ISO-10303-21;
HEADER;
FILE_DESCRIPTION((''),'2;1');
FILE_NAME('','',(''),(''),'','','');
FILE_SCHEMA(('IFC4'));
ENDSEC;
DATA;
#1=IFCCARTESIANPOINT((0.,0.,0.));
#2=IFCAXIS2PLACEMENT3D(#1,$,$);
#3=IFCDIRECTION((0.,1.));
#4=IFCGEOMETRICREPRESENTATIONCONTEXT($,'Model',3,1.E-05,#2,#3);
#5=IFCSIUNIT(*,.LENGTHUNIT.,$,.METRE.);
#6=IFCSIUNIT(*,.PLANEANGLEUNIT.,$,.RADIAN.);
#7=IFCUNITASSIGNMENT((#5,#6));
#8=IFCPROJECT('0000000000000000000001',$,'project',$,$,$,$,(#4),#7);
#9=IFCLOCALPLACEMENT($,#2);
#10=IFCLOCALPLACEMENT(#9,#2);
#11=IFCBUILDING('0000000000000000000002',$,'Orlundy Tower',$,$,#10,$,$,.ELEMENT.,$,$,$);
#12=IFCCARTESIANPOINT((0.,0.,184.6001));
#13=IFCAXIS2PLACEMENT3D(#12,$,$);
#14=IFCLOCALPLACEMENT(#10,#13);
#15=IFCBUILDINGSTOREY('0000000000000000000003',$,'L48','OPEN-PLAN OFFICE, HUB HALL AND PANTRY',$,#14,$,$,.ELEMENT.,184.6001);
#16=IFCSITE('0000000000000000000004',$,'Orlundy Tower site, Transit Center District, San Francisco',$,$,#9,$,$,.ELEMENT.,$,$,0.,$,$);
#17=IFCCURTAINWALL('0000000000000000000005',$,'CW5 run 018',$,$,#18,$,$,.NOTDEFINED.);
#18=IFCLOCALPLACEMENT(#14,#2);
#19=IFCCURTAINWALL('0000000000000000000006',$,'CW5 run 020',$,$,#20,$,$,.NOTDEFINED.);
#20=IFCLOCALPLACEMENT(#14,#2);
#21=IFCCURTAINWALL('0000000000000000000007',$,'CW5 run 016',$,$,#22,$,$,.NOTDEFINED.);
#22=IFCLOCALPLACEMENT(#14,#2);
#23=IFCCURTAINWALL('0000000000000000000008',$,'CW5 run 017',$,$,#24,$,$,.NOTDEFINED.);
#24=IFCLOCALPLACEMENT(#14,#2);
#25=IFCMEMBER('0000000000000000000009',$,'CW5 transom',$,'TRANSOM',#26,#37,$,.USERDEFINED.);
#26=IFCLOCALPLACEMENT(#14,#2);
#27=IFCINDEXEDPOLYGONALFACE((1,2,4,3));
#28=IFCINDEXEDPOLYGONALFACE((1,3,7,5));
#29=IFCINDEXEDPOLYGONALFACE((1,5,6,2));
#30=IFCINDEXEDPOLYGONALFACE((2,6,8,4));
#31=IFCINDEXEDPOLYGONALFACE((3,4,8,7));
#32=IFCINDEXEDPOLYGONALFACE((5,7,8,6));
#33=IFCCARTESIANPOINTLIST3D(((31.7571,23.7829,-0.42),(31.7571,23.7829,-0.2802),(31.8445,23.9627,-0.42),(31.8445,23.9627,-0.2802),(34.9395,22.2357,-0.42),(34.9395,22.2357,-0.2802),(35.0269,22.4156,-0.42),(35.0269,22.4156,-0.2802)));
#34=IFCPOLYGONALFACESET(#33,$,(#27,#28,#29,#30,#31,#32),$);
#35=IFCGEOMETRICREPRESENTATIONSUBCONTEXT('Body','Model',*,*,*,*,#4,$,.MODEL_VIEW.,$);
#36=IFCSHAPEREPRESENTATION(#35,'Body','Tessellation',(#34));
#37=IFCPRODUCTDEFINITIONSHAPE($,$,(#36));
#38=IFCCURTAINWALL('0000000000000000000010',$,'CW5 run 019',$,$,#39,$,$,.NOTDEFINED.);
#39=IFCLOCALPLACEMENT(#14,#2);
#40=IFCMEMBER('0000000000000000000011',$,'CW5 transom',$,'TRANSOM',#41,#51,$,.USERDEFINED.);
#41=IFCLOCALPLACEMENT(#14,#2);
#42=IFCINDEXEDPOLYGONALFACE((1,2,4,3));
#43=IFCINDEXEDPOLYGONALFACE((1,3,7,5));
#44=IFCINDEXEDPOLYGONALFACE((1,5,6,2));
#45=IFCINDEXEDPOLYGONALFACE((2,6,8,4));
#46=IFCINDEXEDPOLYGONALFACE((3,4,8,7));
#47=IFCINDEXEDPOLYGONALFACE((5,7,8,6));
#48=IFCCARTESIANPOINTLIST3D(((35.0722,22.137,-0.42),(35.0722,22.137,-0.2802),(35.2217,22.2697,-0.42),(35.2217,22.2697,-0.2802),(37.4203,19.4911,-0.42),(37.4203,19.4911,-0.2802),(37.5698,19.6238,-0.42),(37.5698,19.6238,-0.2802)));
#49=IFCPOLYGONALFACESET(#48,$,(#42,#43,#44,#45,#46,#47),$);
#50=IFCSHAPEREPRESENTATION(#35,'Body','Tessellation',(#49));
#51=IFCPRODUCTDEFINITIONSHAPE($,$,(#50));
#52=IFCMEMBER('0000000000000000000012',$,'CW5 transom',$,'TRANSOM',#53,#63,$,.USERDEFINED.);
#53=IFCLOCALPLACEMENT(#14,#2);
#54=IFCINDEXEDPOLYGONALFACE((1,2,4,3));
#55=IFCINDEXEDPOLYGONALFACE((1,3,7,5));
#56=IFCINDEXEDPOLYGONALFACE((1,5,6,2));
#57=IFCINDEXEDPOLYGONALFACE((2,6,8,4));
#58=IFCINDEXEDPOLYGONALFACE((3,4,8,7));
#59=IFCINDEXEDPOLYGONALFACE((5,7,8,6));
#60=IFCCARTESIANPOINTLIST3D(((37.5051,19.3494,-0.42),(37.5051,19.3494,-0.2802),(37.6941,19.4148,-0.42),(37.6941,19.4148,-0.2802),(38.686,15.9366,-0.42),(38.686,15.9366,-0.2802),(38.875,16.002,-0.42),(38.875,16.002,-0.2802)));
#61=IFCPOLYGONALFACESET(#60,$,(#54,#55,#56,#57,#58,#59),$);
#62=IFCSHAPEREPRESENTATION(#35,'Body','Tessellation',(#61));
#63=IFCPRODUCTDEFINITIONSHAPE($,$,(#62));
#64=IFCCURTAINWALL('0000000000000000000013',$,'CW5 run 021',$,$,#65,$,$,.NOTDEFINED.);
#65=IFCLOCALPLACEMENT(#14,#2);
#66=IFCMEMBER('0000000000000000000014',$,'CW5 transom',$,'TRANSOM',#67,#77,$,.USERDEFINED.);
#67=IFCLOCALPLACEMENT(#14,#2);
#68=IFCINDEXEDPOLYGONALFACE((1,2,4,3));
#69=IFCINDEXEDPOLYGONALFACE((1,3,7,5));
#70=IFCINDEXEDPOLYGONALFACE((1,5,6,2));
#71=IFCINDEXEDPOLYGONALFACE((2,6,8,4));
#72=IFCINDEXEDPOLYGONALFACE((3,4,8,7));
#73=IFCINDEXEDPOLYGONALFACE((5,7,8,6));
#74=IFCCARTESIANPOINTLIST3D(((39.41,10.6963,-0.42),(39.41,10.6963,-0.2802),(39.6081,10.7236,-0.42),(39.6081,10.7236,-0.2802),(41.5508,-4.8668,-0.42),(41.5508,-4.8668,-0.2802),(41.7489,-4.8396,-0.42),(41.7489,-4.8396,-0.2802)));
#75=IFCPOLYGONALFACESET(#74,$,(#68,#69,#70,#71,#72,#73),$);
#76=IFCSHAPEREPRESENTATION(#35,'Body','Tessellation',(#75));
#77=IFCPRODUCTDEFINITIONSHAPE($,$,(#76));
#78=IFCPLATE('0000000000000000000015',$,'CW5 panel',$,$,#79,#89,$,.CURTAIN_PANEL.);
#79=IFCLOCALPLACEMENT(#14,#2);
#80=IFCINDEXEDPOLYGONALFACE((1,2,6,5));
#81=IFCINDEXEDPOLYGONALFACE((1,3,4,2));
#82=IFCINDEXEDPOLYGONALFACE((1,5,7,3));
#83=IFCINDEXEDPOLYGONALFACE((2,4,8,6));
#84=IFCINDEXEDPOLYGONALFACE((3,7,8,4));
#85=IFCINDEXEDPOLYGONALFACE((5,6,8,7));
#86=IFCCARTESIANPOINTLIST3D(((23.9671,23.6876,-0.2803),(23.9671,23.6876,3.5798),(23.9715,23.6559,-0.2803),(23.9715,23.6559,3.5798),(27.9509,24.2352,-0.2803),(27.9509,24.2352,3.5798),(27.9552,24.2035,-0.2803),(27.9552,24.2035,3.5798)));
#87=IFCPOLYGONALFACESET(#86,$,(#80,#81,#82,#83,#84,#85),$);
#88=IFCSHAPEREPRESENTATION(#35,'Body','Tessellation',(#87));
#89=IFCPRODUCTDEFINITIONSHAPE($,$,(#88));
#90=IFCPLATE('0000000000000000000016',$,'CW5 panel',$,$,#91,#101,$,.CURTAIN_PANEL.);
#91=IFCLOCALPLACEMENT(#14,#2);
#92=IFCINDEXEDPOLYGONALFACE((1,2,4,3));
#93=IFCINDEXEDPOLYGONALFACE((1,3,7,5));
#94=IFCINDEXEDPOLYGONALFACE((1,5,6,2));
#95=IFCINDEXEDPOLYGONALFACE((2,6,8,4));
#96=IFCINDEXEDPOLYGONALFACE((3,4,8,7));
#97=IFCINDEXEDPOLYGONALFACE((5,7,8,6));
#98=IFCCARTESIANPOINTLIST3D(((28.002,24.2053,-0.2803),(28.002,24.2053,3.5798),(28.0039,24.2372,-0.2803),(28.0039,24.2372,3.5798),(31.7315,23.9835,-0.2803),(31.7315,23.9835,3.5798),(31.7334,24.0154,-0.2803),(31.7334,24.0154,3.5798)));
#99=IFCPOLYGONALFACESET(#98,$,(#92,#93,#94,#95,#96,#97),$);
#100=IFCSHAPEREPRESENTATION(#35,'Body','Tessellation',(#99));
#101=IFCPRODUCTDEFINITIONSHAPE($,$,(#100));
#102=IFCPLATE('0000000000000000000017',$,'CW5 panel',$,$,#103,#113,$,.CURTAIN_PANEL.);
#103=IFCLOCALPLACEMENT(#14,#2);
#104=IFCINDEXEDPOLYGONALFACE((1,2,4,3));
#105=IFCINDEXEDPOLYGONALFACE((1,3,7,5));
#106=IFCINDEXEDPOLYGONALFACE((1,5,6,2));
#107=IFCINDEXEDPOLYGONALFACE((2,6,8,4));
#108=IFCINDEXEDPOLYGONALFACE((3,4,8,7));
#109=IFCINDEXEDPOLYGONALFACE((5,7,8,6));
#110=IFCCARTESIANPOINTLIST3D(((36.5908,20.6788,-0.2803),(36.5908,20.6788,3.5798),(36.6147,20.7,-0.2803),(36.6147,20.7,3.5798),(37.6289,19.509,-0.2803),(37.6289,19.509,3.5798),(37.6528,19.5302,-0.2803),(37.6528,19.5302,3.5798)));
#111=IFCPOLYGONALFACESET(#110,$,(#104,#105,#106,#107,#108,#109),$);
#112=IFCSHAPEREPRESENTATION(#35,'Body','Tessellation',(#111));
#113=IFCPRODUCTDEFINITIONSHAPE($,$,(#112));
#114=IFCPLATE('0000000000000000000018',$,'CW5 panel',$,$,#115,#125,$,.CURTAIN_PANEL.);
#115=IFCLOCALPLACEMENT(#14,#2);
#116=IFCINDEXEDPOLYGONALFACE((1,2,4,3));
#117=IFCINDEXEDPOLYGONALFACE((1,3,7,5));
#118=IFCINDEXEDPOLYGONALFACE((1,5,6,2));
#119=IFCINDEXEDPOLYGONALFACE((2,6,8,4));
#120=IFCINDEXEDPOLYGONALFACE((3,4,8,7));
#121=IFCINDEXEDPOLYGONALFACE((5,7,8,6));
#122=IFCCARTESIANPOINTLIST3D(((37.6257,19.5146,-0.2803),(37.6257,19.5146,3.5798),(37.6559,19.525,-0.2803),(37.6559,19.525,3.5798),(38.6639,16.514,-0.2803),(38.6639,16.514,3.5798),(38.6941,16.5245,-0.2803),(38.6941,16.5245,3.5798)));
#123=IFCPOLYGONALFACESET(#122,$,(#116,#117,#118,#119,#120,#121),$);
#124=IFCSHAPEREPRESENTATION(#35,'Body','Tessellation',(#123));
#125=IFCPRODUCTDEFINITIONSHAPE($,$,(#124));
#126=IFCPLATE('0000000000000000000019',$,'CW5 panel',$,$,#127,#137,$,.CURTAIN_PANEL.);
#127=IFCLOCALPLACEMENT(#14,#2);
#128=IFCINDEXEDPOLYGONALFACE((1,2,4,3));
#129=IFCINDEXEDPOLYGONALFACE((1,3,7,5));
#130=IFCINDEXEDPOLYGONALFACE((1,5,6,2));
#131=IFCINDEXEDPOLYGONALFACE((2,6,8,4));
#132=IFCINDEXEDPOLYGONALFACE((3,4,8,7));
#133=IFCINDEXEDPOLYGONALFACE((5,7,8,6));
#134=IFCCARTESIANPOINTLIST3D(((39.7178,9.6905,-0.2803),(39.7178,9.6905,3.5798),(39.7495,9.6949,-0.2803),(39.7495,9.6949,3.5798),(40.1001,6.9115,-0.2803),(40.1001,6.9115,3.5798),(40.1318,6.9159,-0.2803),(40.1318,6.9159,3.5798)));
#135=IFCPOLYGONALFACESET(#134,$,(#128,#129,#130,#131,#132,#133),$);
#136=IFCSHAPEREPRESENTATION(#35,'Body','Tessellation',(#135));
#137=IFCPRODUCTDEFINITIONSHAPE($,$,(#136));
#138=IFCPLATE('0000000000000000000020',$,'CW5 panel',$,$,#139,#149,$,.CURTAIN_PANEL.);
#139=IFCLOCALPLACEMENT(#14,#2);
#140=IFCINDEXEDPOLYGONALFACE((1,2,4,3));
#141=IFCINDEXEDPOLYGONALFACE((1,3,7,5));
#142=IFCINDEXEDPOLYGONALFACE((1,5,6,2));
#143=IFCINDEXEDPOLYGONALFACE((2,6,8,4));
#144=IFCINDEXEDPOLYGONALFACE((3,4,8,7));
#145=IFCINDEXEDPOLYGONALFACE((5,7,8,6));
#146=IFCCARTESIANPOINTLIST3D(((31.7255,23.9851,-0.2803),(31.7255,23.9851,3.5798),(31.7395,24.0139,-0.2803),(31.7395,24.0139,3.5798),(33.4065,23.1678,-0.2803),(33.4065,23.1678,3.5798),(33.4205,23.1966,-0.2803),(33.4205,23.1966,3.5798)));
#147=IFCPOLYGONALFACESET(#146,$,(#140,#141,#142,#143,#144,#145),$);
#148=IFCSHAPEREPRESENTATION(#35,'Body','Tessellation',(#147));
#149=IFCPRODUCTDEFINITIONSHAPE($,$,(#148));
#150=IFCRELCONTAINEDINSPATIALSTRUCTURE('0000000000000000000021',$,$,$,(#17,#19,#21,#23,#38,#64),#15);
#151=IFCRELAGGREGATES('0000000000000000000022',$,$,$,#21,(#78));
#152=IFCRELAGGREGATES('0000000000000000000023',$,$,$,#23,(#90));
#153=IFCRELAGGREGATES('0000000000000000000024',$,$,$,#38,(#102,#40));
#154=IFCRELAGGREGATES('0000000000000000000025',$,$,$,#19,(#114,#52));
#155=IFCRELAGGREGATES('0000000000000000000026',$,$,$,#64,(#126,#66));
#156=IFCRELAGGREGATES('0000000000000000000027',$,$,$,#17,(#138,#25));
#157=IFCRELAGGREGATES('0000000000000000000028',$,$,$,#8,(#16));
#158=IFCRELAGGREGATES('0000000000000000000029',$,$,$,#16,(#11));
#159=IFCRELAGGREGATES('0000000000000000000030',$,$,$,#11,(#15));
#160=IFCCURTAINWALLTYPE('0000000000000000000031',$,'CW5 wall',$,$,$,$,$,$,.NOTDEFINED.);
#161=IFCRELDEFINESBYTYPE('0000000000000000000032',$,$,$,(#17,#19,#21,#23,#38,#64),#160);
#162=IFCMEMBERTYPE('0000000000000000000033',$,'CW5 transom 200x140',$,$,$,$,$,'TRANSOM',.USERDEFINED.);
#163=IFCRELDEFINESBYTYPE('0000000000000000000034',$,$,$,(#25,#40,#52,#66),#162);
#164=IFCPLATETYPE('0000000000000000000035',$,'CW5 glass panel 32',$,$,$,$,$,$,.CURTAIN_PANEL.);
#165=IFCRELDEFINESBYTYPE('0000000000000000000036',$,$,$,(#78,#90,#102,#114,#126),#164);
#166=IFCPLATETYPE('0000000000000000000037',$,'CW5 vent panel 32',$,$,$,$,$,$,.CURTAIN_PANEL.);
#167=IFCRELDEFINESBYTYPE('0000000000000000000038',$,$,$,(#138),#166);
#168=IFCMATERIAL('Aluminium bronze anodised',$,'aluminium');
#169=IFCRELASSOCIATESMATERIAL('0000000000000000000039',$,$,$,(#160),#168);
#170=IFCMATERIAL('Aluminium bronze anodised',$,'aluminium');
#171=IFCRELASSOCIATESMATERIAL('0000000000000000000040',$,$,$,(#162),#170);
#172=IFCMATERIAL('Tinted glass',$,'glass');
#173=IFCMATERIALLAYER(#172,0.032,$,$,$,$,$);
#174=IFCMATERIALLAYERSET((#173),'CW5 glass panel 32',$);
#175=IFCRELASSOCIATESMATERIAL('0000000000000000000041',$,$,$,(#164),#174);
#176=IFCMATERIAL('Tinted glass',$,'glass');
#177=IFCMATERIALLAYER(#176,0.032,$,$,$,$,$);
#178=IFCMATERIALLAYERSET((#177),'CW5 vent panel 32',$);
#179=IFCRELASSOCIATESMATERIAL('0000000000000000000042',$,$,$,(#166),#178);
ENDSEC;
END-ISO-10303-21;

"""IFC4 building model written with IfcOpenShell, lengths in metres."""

from ifc_helpers import new_model, si_unit, direction, frame, origin, origin_2d, place, context, subcontext, project, spatial, rectangle, extrude, material, layer, layer_set, material_profile, profile_set, type_object, element, aggregate, save


model = new_model("IFC4")

# Units and contexts
model_context = context("Model", 3, precision=1e-05, world=origin(), true_north=direction((0.0, 1.0)))
body_context = subcontext(model_context, "Body", "Model", "MODEL_VIEW")
ifc_project = project(units=[si_unit("LENGTHUNIT", "METRE"), si_unit("PLANEANGLEUNIT", "RADIAN")], contexts=[model_context])

# Site, building, storey
site_placement = place(None, origin())
site = spatial("IfcSite", under=ifc_project, at=site_placement, Name="Orlundy Tower site, Transit Center District, San Francisco", CompositionType="ELEMENT", RefElevation=0.0)
building_placement = place(site_placement, origin())
building = spatial("IfcBuilding", under=site, at=building_placement, Name="Orlundy Tower", CompositionType="ELEMENT")
storey_placement = place(building_placement, frame((0.0, 0.0, 184.6001)))
storey = spatial("IfcBuildingStorey", under=building, at=storey_placement, Name="L48", Description="OPEN-PLAN OFFICE, HUB HALL AND PANTRY", CompositionType="ELEMENT", Elevation=184.6001)

# Curtain walls
ifc_material_1 = material(Name="Aluminium bronze anodised", Category="aluminium")
curtain_wall_type = type_object("IfcCurtainWallType", Name="CW5 wall", PredefinedType="NOTDEFINED", material=ifc_material_1)
curtain_wall_1_placement = place(storey_placement, origin())
curtain_wall_1 = element("IfcCurtainWall", 1, at=curtain_wall_1_placement, inside=storey, type_object=curtain_wall_type, Name="CW5 run 018", PredefinedType="NOTDEFINED")
curtain_wall_2_placement = place(storey_placement, origin())
curtain_wall_2 = element("IfcCurtainWall", 2, at=curtain_wall_2_placement, inside=storey, type_object=curtain_wall_type, Name="CW5 run 020", PredefinedType="NOTDEFINED")
curtain_wall_3_placement = place(storey_placement, origin())
curtain_wall_3 = element("IfcCurtainWall", 3, at=curtain_wall_3_placement, inside=storey, type_object=curtain_wall_type, Name="CW5 run 016", PredefinedType="NOTDEFINED")

# Curtain wall
curtain_wall_4_placement = place(storey_placement, origin())
curtain_wall_4 = element("IfcCurtainWall", 4, at=curtain_wall_4_placement, inside=storey, type_object=curtain_wall_type, Name="CW5 run 017", PredefinedType="NOTDEFINED")
ifc_material_2 = material(Name="Aluminium bronze anodised", Category="aluminium")
ifc_material_profile_1 = material_profile(ifc_material_2, rectangle(XDim=0.2, YDim=0.1399, at=origin_2d()), Name="CW5 transom 200x140")
ifc_profile_set_1 = profile_set([ifc_material_profile_1], Name="Aluminium bronze anodised")
member_type_1 = type_object("IfcMemberType", Name="CW5 transom 200x140", ElementType="TRANSOM", PredefinedType="USERDEFINED", material=ifc_profile_set_1)

# Member
member_1_placement = place(storey_placement, frame((31.8008, 23.8728, -0.3501), z_axis=(0.899353, -0.437223, 0.0), x_axis=(0.437223, 0.899353, 0.0)))
member_1 = element("IfcMember", 5, at=member_1_placement, type_object=member_type_1, Name="CW5 transom", ObjectType="TRANSOM", PredefinedType="USERDEFINED", context=body_context, shape_type="SweptSolid", body=[
    extrude(rectangle(XDim=0.2, YDim=0.1399, at=origin_2d()), origin(), (0.0, 0.0, 1.0), 3.5386),
])

# Curtain wall, member
curtain_wall_5_placement = place(storey_placement, origin())
curtain_wall_5 = element("IfcCurtainWall", 6, at=curtain_wall_5_placement, inside=storey, type_object=curtain_wall_type, Name="CW5 run 019", PredefinedType="NOTDEFINED")
member_2_placement = place(storey_placement, frame((35.147, 22.2034, -0.3501), z_axis=(0.663755, -0.74795, 0.0), x_axis=(0.74795, 0.663755, 0.0)))
member_2 = element("IfcMember", 7, at=member_2_placement, type_object=member_type_1, Name="CW5 transom", ObjectType="TRANSOM", PredefinedType="USERDEFINED", context=body_context, shape_type="SweptSolid", body=[
    extrude(rectangle(XDim=0.2, YDim=0.1399, at=origin_2d()), origin(), (0.0, 0.0, 1.0), 3.5376),
])

# Member
member_3_placement = place(storey_placement, frame((37.5996, 19.3821, -0.3501), z_axis=(0.326997, -0.945025, 0.0), x_axis=(0.945025, 0.326997, 0.0)))
member_3 = element("IfcMember", 8, at=member_3_placement, type_object=member_type_1, Name="CW5 transom", ObjectType="TRANSOM", PredefinedType="USERDEFINED", context=body_context, shape_type="SweptSolid", body=[
    extrude(rectangle(XDim=0.2, YDim=0.1399, at=origin_2d()), origin(), (0.0, 0.0, 1.0), 3.6113),
])

# Curtain wall, member
curtain_wall_6_placement = place(storey_placement, origin())
curtain_wall_6 = element("IfcCurtainWall", 9, at=curtain_wall_6_placement, inside=storey, type_object=curtain_wall_type, Name="CW5 run 021", PredefinedType="NOTDEFINED")
member_4_placement = place(storey_placement, frame((39.509, 10.71, -0.3501), z_axis=(0.136276, -0.990671, 0.0), x_axis=(0.990671, 0.136276, 0.0)))
member_4 = element("IfcMember", 10, at=member_4_placement, type_object=member_type_1, Name="CW5 transom", ObjectType="TRANSOM", PredefinedType="USERDEFINED", context=body_context, shape_type="SweptSolid", body=[
    extrude(rectangle(XDim=0.2, YDim=0.1399, at=origin_2d()), origin(), (0.0, 0.0, 1.0), 15.7097),
])

# Plates
ifc_material_3 = material(Name="Tinted glass", Category="glass")
ifc_layer_1 = layer(ifc_material_3, 0.032)
ifc_layer_set_1 = layer_set([ifc_layer_1], Name="CW5 glass panel 32")
plate_type_1 = type_object("IfcPlateType", Name="CW5 glass panel 32", PredefinedType="CURTAIN_PANEL", material=ifc_layer_set_1)
plate_1_placement = place(storey_placement, frame((25.9612, 23.9456, -0.2803), z_axis=(0.0, 0.0, 1.0), x_axis=(0.990683, 0.136187, 0.0)))
plate_1 = element("IfcPlate", 11, at=plate_1_placement, type_object=plate_type_1, Name="CW5 panel", PredefinedType="CURTAIN_PANEL", context=body_context, shape_type="SweptSolid", body=[
    extrude(rectangle(XDim=4.0212, YDim=0.032, at=origin_2d()), origin(), (0.0, 0.0, 1.0), 3.8601),
])
aggregate(curtain_wall_3, [plate_1])
plate_2_placement = place(storey_placement, frame((29.8677, 24.1104, -0.2803), z_axis=(0.0, 0.0, 1.0), x_axis=(0.998237, -0.059355, 0.0)))
plate_2 = element("IfcPlate", 12, at=plate_2_placement, type_object=plate_type_1, Name="CW5 panel", PredefinedType="CURTAIN_PANEL", context=body_context, shape_type="SweptSolid", body=[
    extrude(rectangle(XDim=3.7361, YDim=0.032, at=origin_2d()), origin(), (0.0, 0.0, 1.0), 3.8601),
])
aggregate(curtain_wall_4, [plate_2])
plate_3_placement = place(storey_placement, frame((37.1218, 20.1045, -0.2803), z_axis=(0.0, 0.0, 1.0), x_axis=(0.663761, -0.747945, 0.0)))
plate_3 = element("IfcPlate", 13, at=plate_3_placement, type_object=plate_type_1, Name="CW5 panel", PredefinedType="CURTAIN_PANEL", context=body_context, shape_type="SweptSolid", body=[
    extrude(rectangle(XDim=1.564, YDim=0.032, at=origin_2d()), origin(), (0.0, 0.0, 1.0), 3.8601),
])
aggregate(curtain_wall_5, [plate_3, member_2])
plate_4_placement = place(storey_placement, frame((38.1599, 18.0195, -0.2803), z_axis=(0.0, 0.0, 1.0), x_axis=(0.326972, -0.945034, 0.0)))
plate_4 = element("IfcPlate", 14, at=plate_4_placement, type_object=plate_type_1, Name="CW5 panel", PredefinedType="CURTAIN_PANEL", context=body_context, shape_type="SweptSolid", body=[
    extrude(rectangle(XDim=3.175, YDim=0.032, at=origin_2d()), origin(), (0.0, 0.0, 1.0), 3.8601),
])
aggregate(curtain_wall_2, [plate_4, member_3])
plate_5_placement = place(storey_placement, frame((39.9248, 8.3032, -0.2803), z_axis=(0.0, 0.0, 1.0), x_axis=(0.136286, -0.99067, 0.0)))
plate_5 = element("IfcPlate", 15, at=plate_5_placement, type_object=plate_type_1, Name="CW5 panel", PredefinedType="CURTAIN_PANEL", context=body_context, shape_type="SweptSolid", body=[
    extrude(rectangle(XDim=2.8052, YDim=0.032, at=origin_2d()), origin(), (0.0, 0.0, 1.0), 3.8601),
])
aggregate(curtain_wall_6, [plate_5, member_4])
ifc_material_4 = material(Name="Tinted glass", Category="glass")
ifc_layer_2 = layer(ifc_material_4, 0.032)
ifc_layer_set_2 = layer_set([ifc_layer_2], Name="CW5 vent panel 32")
plate_type_2 = type_object("IfcPlateType", Name="CW5 vent panel 32", PredefinedType="CURTAIN_PANEL", material=ifc_layer_set_2)
plate_6_placement = place(storey_placement, frame((32.573, 23.5908, -0.2803), z_axis=(0.0, 0.0, 1.0), x_axis=(0.899335, -0.437259, 0.0)))
plate_6 = element("IfcPlate", 16, at=plate_6_placement, type_object=plate_type_2, Name="CW5 panel", PredefinedType="CURTAIN_PANEL", context=body_context, shape_type="SweptSolid", body=[
    extrude(rectangle(XDim=1.8691, YDim=0.032, at=origin_2d()), origin(), (0.0, 0.0, 1.0), 3.8601),
])
aggregate(curtain_wall_1, [plate_6, member_1])

save(model, "model.ifc")
